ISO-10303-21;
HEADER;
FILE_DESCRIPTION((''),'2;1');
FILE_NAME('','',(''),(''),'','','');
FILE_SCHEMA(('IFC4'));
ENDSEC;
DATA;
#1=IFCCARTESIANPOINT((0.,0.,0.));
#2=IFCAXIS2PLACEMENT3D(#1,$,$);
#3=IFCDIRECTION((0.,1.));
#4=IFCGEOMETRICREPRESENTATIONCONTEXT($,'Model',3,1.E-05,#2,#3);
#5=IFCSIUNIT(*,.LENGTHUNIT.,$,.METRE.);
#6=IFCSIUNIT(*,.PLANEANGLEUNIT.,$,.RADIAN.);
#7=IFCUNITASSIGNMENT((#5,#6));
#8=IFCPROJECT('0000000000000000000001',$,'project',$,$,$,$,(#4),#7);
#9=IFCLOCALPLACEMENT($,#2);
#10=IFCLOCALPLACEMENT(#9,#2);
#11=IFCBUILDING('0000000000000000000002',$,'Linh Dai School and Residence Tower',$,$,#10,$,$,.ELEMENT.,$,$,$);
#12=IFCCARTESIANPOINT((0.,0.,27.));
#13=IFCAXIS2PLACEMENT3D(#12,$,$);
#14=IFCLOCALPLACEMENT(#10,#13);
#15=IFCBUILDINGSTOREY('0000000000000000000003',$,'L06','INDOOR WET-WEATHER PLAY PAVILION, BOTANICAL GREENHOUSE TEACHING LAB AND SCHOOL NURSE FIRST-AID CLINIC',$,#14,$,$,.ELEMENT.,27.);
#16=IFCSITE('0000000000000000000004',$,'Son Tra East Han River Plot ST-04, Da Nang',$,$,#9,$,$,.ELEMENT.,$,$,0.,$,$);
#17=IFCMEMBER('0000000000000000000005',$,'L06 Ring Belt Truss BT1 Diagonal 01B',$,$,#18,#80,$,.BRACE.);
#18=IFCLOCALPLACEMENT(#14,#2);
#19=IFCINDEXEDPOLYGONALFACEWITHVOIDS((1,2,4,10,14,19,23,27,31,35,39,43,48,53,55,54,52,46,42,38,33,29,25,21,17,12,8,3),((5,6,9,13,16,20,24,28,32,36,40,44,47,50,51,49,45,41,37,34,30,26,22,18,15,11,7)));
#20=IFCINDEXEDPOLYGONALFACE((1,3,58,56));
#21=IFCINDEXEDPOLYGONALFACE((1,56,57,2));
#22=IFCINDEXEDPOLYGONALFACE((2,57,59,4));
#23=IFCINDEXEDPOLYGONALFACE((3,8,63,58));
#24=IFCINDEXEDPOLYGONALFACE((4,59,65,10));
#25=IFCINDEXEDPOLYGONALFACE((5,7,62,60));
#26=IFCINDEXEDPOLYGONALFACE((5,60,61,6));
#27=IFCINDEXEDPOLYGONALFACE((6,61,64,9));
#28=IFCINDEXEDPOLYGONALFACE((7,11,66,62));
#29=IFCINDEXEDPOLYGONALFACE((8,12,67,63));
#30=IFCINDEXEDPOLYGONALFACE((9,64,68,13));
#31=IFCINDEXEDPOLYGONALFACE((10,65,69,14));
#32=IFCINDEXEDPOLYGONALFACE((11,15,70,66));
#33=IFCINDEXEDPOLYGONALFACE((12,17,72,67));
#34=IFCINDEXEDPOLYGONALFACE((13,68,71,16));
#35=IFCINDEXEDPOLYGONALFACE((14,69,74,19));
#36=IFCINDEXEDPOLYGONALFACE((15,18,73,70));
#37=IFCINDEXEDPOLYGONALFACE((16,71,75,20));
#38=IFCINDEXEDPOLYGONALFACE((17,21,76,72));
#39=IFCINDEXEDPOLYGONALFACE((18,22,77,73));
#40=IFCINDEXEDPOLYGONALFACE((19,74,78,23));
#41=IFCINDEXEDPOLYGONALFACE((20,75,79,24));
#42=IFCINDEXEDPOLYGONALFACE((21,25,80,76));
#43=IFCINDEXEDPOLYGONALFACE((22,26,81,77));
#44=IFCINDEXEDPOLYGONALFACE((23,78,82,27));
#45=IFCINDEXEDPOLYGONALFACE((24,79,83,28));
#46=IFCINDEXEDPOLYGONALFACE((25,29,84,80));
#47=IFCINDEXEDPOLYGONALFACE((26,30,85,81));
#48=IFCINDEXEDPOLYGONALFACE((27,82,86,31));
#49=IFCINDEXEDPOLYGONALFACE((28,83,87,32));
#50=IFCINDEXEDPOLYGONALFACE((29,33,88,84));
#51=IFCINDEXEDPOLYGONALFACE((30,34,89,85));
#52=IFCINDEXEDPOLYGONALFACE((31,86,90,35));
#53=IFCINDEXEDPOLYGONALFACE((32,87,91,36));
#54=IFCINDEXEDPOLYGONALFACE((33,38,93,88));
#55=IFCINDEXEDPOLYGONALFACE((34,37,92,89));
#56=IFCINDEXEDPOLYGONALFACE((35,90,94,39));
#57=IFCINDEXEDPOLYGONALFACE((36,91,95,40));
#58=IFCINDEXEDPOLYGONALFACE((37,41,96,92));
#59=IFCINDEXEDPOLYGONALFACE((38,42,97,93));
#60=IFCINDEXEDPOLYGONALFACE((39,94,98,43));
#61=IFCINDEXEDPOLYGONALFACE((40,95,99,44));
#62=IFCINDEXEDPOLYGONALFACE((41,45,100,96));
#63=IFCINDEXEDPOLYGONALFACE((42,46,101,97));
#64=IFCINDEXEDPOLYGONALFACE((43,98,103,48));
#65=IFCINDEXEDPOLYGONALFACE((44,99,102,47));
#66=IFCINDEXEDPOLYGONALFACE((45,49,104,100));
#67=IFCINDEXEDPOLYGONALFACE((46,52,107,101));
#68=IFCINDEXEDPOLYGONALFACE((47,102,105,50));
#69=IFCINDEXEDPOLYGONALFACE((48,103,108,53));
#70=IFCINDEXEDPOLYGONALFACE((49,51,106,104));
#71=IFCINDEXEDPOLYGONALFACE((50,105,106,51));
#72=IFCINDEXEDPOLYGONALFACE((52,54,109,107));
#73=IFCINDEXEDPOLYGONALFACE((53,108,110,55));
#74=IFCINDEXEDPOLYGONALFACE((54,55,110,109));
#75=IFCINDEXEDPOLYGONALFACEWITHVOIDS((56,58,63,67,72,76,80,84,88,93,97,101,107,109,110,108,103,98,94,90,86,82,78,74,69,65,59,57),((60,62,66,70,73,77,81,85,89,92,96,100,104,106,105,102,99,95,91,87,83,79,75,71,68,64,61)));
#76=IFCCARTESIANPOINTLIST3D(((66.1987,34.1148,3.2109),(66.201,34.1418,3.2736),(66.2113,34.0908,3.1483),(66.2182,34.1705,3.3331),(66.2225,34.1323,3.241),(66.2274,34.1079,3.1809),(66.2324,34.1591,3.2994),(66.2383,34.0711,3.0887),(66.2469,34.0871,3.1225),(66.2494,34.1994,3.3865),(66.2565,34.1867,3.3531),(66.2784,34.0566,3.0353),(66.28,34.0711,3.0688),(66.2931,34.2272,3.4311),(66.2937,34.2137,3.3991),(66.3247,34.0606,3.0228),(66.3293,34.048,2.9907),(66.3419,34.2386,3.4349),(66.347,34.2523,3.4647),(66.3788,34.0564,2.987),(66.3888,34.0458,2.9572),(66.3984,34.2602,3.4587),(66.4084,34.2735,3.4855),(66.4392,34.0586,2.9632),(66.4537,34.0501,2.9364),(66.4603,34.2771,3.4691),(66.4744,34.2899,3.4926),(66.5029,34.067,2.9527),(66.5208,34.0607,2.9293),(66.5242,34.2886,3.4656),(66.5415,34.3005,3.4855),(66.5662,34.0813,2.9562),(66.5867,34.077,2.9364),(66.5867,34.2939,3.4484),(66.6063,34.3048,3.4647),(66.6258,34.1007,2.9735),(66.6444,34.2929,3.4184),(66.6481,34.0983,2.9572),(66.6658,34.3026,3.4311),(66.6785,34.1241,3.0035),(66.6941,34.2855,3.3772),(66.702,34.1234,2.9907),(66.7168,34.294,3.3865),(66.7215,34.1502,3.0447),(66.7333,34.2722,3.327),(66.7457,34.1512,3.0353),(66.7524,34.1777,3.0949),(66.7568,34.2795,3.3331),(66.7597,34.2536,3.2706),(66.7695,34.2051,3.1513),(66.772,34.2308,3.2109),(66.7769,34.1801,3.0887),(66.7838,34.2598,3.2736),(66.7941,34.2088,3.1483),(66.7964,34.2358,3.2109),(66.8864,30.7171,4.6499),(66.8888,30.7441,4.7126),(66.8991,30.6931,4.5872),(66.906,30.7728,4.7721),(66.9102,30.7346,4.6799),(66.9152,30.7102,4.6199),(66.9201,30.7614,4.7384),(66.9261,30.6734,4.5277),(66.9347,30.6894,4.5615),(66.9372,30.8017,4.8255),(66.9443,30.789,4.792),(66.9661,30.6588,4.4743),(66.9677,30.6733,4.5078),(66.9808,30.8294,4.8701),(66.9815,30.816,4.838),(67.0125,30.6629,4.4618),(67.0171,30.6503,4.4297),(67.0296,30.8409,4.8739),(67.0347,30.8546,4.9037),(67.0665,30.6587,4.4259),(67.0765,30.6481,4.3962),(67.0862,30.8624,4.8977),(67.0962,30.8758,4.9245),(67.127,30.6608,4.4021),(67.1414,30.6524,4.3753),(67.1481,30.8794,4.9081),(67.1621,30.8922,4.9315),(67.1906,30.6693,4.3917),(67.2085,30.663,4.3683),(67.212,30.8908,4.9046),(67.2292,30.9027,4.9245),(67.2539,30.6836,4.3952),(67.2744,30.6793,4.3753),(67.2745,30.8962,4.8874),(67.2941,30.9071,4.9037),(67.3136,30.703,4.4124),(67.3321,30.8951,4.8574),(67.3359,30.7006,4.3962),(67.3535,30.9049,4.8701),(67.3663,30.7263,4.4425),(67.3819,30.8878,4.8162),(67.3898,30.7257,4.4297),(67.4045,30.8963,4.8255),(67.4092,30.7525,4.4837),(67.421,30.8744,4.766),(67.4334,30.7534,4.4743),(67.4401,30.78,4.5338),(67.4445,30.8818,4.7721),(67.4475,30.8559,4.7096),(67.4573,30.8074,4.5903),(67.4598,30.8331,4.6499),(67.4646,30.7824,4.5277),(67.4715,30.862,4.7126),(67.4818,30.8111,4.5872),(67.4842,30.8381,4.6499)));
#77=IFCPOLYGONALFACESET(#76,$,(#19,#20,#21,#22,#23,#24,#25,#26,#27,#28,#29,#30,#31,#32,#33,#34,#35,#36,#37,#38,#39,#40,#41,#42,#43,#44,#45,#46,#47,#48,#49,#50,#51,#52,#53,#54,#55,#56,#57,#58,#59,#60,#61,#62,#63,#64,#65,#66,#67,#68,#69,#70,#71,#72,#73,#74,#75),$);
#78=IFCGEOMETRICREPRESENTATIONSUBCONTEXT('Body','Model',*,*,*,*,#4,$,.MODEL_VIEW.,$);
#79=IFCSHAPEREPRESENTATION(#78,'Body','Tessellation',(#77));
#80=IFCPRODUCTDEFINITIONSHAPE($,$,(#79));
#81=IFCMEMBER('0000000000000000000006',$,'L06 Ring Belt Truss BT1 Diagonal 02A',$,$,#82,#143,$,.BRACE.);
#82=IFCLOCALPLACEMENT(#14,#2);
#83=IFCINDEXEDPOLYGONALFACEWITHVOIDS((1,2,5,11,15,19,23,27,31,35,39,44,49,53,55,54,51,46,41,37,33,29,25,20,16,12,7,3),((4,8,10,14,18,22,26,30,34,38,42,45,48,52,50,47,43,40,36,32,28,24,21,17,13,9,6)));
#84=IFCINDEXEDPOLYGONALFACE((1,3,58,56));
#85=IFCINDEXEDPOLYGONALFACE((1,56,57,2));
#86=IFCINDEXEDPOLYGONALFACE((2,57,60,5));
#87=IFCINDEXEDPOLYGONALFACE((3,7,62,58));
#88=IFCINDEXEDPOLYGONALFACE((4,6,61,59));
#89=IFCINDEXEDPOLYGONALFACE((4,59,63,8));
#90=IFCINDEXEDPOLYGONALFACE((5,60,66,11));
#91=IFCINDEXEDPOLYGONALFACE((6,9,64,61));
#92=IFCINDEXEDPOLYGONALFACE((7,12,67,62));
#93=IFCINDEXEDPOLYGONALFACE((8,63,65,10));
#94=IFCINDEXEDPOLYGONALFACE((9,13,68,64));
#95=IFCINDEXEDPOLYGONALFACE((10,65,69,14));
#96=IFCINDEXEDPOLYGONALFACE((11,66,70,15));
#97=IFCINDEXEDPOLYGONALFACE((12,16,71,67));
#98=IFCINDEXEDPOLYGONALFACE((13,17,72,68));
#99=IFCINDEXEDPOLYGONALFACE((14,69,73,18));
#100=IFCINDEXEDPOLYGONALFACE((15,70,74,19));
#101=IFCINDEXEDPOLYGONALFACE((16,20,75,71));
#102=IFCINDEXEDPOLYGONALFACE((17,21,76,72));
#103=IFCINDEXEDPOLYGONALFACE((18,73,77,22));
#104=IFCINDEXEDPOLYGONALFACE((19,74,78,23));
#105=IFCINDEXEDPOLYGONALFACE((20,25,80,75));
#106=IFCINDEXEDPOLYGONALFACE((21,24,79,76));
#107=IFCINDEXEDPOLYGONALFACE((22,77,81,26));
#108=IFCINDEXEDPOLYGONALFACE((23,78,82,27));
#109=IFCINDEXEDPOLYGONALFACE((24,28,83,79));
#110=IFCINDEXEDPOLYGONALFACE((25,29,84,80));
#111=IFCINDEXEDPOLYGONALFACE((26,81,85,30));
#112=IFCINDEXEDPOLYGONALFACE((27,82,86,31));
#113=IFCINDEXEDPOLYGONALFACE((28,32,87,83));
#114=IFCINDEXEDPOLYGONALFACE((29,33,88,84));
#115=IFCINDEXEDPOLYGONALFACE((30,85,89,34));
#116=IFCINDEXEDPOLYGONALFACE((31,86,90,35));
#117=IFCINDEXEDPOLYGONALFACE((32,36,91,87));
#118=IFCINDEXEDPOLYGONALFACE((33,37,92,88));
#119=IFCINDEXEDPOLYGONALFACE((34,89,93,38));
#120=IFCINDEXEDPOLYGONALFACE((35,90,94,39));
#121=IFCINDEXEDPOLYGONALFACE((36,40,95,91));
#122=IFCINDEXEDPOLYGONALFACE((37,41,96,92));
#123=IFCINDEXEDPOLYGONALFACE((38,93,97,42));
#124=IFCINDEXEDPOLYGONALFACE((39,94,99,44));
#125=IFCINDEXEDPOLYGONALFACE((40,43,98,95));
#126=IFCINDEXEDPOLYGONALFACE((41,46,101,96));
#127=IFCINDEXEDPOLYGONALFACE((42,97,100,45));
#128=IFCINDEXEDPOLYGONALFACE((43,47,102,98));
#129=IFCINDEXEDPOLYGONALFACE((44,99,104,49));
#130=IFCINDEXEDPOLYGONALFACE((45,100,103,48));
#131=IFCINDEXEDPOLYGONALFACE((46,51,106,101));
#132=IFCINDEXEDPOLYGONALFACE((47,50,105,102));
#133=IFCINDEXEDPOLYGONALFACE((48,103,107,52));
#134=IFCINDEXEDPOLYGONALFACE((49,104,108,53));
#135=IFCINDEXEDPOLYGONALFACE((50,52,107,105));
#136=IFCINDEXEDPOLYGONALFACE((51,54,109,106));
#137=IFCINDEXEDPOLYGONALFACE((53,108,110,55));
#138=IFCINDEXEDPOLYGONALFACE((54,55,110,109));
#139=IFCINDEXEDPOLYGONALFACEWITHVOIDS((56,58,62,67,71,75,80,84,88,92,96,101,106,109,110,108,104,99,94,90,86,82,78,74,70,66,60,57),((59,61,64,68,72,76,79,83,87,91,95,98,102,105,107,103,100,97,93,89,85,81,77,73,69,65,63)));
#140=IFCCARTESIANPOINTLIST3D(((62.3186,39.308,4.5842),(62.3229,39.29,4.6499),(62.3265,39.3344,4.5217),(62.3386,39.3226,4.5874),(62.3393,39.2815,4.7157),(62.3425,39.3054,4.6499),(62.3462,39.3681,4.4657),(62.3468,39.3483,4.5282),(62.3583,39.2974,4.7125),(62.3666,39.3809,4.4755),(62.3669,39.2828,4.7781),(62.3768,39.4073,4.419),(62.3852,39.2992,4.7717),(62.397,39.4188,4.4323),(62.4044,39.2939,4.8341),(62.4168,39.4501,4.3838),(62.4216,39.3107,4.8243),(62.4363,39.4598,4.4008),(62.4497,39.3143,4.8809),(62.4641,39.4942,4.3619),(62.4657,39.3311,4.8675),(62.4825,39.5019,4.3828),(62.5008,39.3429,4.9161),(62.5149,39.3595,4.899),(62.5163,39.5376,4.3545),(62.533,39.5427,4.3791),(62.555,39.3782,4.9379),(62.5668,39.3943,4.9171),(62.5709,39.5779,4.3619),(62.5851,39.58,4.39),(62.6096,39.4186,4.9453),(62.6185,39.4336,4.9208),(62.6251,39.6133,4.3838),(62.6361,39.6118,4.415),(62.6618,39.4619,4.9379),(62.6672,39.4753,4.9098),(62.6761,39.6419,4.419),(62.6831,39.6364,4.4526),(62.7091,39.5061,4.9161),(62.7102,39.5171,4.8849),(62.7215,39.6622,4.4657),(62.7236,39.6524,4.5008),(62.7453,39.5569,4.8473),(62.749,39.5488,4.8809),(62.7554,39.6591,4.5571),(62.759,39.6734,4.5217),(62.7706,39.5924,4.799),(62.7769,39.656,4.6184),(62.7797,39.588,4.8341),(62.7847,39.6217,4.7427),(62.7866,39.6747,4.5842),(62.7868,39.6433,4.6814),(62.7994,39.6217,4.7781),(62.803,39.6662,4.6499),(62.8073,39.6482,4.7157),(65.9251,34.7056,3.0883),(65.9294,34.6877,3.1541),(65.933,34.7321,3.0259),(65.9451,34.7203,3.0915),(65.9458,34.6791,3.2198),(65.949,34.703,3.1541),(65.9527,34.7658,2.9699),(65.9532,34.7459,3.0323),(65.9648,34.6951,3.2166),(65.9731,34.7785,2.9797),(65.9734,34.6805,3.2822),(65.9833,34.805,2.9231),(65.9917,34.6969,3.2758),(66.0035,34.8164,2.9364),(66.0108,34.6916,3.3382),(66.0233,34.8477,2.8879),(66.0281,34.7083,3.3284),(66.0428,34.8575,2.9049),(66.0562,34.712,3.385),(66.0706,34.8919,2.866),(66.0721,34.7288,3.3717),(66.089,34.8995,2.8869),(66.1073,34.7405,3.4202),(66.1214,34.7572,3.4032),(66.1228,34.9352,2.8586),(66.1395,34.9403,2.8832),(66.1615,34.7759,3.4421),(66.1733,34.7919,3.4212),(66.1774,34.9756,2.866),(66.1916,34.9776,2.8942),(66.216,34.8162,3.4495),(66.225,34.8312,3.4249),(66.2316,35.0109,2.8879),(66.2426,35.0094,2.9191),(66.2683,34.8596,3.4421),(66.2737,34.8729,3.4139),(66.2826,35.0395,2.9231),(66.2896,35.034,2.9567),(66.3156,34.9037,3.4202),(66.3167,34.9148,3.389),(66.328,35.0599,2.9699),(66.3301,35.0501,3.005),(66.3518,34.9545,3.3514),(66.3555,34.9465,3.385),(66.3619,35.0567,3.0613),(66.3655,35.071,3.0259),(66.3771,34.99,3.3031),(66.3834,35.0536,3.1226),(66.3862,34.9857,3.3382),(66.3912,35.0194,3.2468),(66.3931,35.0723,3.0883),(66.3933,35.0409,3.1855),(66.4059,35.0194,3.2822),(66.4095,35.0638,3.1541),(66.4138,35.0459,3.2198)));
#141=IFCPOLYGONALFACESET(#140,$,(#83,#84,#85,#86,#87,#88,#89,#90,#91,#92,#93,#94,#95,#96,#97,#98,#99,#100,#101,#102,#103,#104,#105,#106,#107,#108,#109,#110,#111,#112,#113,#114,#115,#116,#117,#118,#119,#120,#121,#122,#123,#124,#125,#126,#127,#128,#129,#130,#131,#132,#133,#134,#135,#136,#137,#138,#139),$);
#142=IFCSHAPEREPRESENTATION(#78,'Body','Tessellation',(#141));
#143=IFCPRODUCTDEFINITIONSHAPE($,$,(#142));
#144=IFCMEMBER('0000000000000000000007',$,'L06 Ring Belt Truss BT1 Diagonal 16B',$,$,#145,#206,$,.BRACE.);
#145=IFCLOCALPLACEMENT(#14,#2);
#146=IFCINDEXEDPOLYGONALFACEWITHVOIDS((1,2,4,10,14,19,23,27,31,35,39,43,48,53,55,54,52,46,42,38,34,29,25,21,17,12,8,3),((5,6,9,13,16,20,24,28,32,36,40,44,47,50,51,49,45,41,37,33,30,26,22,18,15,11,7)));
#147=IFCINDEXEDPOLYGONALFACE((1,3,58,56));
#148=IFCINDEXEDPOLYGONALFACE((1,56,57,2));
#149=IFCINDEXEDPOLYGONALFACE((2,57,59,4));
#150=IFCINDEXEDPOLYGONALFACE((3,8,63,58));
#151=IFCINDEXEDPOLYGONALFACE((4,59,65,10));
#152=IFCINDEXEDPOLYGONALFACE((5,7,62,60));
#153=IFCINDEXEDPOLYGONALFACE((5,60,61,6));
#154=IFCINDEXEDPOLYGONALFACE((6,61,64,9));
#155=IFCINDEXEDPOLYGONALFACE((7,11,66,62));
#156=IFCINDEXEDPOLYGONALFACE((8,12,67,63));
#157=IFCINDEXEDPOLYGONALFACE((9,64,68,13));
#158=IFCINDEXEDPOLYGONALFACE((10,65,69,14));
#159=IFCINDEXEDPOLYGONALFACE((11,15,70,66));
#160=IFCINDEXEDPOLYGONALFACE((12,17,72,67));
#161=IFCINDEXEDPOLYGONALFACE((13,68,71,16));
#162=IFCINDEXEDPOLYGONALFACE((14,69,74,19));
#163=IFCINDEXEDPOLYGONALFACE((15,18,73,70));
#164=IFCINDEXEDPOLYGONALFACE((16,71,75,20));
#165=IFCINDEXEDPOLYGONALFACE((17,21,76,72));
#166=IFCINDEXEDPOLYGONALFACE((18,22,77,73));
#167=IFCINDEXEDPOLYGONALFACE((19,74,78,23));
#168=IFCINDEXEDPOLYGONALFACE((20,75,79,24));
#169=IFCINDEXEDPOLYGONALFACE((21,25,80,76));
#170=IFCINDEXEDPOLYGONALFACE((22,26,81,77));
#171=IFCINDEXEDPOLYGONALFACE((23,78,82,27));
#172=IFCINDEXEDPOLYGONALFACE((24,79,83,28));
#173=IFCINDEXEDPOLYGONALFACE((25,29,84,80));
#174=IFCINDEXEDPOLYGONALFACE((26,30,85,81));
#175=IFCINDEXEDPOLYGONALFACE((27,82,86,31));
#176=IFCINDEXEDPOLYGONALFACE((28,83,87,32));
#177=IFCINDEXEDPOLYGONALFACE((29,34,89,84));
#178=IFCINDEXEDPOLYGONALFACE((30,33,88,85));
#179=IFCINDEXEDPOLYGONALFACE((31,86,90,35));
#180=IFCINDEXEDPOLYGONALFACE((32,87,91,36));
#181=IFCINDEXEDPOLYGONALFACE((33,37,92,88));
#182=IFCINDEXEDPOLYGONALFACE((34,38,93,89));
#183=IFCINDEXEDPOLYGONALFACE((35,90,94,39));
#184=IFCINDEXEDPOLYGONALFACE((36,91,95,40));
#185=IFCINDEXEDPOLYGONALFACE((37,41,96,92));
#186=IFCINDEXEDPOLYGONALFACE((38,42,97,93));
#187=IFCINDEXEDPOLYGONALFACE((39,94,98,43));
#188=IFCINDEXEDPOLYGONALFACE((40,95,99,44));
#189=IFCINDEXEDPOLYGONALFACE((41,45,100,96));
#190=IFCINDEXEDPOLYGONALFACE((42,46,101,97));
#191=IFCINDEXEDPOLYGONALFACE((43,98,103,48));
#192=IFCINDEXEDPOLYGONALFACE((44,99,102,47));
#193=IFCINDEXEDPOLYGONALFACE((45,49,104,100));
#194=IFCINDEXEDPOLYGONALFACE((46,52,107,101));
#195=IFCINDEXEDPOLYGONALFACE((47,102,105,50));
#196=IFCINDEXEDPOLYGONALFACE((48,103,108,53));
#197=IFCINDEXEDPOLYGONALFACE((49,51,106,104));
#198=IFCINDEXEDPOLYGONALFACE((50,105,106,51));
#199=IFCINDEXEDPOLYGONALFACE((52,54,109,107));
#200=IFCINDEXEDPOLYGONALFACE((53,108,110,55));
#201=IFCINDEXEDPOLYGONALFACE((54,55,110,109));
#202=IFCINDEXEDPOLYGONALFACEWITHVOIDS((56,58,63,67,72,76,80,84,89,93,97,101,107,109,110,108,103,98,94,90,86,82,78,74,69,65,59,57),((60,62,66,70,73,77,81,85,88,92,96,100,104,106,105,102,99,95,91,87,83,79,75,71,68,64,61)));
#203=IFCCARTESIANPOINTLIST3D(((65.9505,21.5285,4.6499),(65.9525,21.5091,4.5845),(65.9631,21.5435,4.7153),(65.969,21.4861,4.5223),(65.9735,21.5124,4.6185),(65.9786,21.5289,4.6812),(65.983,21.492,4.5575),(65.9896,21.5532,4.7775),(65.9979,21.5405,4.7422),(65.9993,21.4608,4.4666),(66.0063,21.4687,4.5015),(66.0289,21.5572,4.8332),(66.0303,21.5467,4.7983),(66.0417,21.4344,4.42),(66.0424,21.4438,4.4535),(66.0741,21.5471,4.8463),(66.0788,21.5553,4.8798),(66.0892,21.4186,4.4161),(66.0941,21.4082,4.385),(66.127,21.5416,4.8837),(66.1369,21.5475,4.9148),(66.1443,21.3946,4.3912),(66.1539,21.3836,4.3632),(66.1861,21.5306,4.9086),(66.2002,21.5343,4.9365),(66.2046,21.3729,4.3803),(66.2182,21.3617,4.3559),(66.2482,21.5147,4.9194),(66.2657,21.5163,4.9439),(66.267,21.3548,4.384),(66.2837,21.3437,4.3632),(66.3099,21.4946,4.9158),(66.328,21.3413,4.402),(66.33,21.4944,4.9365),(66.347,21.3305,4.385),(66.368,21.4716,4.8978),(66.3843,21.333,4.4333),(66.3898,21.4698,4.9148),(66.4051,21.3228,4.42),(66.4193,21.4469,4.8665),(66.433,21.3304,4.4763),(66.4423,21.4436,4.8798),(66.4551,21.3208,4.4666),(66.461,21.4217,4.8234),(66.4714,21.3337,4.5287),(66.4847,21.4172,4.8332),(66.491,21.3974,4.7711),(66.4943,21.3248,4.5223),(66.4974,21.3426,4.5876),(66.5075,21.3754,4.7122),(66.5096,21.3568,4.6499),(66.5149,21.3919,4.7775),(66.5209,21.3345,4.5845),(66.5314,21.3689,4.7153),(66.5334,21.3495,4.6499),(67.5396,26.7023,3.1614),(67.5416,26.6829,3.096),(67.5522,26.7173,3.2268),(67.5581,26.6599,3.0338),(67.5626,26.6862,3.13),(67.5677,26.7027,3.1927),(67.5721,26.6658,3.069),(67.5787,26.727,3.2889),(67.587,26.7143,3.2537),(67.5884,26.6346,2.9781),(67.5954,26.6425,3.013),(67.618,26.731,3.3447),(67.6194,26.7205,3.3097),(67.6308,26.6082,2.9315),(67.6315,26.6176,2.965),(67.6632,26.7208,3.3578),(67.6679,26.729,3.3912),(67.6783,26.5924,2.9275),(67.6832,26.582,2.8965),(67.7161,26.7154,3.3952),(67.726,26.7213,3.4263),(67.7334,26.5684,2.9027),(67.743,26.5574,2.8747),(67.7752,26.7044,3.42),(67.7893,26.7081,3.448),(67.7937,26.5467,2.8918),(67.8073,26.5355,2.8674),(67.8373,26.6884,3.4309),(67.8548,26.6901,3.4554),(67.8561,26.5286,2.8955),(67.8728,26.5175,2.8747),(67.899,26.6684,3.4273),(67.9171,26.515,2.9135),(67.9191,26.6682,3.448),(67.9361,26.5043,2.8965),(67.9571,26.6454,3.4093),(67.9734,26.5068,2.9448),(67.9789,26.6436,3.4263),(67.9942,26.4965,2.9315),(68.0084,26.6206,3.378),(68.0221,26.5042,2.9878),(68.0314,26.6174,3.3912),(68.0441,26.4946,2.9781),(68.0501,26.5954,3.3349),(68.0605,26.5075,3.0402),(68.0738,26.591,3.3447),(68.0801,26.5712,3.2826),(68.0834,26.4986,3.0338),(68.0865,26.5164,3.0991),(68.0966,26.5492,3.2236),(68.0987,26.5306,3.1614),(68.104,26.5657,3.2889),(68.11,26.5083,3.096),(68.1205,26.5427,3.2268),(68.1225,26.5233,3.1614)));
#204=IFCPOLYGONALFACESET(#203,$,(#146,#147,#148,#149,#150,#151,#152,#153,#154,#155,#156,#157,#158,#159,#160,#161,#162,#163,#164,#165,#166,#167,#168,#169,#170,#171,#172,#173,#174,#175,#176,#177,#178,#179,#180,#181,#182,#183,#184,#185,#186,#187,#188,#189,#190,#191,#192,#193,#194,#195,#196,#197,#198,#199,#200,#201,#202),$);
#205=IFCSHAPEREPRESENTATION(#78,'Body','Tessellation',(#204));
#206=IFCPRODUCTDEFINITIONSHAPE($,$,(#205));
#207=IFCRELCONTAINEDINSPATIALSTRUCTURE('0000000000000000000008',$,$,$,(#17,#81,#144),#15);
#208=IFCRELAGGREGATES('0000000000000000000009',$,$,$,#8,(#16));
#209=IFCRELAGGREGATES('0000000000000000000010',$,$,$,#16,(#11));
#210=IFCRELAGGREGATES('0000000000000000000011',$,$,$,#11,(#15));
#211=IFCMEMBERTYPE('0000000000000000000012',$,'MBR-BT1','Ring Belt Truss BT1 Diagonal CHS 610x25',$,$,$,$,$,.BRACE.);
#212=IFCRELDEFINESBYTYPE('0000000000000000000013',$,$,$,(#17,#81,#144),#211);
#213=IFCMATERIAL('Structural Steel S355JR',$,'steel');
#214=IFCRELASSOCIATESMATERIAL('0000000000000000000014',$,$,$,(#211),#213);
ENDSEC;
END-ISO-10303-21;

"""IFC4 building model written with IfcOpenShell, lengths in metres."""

from ifc_helpers import new_model, si_unit, direction, frame, origin, origin_2d, place, context, subcontext, project, spatial, hollow_circle, extrude, material, material_profile, profile_set, type_object, element, save


model = new_model("IFC4")

# Units and contexts
model_context = context("Model", 3, precision=1e-05, world=origin(), true_north=direction((0.0, 1.0)))
body_context = subcontext(model_context, "Body", "Model", "MODEL_VIEW")
ifc_project = project(units=[si_unit("LENGTHUNIT", "METRE"), si_unit("PLANEANGLEUNIT", "RADIAN")], contexts=[model_context])

# Site, building, storey
site_placement = place(None, origin())
site = spatial("IfcSite", under=ifc_project, at=site_placement, Name="Son Tra East Han River Plot ST-04, Da Nang", CompositionType="ELEMENT", RefElevation=0.0)
building_placement = place(site_placement, origin())
building = spatial("IfcBuilding", under=site, at=building_placement, Name="Linh Dai School and Residence Tower", CompositionType="ELEMENT")
storey_placement = place(building_placement, frame((0.0, 0.0, 27.0)))
storey = spatial("IfcBuildingStorey", under=building, at=storey_placement, Name="L06", Description="INDOOR WET-WEATHER PLAY PAVILION, BOTANICAL GREENHOUSE TEACHING LAB AND SCHOOL NURSE FIRST-AID CLINIC", CompositionType="ELEMENT", Elevation=27.0)

# Shared definitions
ifc_material_1 = material(Name="Structural Steel S355JR", Category="steel")

# Members
ifc_material_profile_1 = material_profile(ifc_material_1, hollow_circle(Radius=0.3049, WallThickness=0.0249, at=origin_2d()), Name="CHS 610x25")
ifc_profile_set_1 = profile_set([ifc_material_profile_1], Name="Structural Steel S355JR")
member_type = type_object("IfcMemberType", Name="MBR-BT1", Description="Ring Belt Truss BT1 Diagonal CHS 610x25", PredefinedType="BRACE", material=ifc_profile_set_1)
member_1_placement = place(storey_placement, frame((66.4976, 34.1753, 3.2109), z_axis=(0.183232, -0.905234, 0.383376), x_axis=(0.980123, 0.198391, 0.0)))
element("IfcMember", 1, at=member_1_placement, inside=storey, type_object=member_type, Name="L06 Ring Belt Truss BT1 Diagonal 01B", PredefinedType="BRACE", context=body_context, shape_type="SweptSolid", body=[
    extrude(hollow_circle(Radius=0.3049, WallThickness=0.0249, at=origin_2d()), origin(), (0.0, 0.0, 1.0), 3.7534),
])
member_2_placement = place(storey_placement, frame((66.1694, 34.8757, 3.1541), z_axis=(-0.597556, 0.76256, 0.247849), x_axis=(-0.787119, -0.616801, 0.0)))
element("IfcMember", 2, at=member_2_placement, inside=storey, type_object=member_type, Name="L06 Ring Belt Truss BT1 Diagonal 02A", PredefinedType="BRACE", context=body_context, shape_type="SweptSolid", body=[
    extrude(hollow_circle(Radius=0.3049, WallThickness=0.0249, at=origin_2d()), origin(), (0.0, 0.0, 1.0), 6.0354),
])
member_3_placement = place(storey_placement, frame((67.8311, 26.6128, 3.1614), z_axis=(-0.283096, -0.921704, 0.265177), x_axis=(0.955926, -0.293607, 0.0)))
element("IfcMember", 3, at=member_3_placement, inside=storey, type_object=member_type, Name="L06 Ring Belt Truss BT1 Diagonal 16B", PredefinedType="BRACE", context=body_context, shape_type="SweptSolid", body=[
    extrude(hollow_circle(Radius=0.3049, WallThickness=0.0249, at=origin_2d()), origin(), (0.0, 0.0, 1.0), 5.6133),
])

save(model, "model.ifc")
